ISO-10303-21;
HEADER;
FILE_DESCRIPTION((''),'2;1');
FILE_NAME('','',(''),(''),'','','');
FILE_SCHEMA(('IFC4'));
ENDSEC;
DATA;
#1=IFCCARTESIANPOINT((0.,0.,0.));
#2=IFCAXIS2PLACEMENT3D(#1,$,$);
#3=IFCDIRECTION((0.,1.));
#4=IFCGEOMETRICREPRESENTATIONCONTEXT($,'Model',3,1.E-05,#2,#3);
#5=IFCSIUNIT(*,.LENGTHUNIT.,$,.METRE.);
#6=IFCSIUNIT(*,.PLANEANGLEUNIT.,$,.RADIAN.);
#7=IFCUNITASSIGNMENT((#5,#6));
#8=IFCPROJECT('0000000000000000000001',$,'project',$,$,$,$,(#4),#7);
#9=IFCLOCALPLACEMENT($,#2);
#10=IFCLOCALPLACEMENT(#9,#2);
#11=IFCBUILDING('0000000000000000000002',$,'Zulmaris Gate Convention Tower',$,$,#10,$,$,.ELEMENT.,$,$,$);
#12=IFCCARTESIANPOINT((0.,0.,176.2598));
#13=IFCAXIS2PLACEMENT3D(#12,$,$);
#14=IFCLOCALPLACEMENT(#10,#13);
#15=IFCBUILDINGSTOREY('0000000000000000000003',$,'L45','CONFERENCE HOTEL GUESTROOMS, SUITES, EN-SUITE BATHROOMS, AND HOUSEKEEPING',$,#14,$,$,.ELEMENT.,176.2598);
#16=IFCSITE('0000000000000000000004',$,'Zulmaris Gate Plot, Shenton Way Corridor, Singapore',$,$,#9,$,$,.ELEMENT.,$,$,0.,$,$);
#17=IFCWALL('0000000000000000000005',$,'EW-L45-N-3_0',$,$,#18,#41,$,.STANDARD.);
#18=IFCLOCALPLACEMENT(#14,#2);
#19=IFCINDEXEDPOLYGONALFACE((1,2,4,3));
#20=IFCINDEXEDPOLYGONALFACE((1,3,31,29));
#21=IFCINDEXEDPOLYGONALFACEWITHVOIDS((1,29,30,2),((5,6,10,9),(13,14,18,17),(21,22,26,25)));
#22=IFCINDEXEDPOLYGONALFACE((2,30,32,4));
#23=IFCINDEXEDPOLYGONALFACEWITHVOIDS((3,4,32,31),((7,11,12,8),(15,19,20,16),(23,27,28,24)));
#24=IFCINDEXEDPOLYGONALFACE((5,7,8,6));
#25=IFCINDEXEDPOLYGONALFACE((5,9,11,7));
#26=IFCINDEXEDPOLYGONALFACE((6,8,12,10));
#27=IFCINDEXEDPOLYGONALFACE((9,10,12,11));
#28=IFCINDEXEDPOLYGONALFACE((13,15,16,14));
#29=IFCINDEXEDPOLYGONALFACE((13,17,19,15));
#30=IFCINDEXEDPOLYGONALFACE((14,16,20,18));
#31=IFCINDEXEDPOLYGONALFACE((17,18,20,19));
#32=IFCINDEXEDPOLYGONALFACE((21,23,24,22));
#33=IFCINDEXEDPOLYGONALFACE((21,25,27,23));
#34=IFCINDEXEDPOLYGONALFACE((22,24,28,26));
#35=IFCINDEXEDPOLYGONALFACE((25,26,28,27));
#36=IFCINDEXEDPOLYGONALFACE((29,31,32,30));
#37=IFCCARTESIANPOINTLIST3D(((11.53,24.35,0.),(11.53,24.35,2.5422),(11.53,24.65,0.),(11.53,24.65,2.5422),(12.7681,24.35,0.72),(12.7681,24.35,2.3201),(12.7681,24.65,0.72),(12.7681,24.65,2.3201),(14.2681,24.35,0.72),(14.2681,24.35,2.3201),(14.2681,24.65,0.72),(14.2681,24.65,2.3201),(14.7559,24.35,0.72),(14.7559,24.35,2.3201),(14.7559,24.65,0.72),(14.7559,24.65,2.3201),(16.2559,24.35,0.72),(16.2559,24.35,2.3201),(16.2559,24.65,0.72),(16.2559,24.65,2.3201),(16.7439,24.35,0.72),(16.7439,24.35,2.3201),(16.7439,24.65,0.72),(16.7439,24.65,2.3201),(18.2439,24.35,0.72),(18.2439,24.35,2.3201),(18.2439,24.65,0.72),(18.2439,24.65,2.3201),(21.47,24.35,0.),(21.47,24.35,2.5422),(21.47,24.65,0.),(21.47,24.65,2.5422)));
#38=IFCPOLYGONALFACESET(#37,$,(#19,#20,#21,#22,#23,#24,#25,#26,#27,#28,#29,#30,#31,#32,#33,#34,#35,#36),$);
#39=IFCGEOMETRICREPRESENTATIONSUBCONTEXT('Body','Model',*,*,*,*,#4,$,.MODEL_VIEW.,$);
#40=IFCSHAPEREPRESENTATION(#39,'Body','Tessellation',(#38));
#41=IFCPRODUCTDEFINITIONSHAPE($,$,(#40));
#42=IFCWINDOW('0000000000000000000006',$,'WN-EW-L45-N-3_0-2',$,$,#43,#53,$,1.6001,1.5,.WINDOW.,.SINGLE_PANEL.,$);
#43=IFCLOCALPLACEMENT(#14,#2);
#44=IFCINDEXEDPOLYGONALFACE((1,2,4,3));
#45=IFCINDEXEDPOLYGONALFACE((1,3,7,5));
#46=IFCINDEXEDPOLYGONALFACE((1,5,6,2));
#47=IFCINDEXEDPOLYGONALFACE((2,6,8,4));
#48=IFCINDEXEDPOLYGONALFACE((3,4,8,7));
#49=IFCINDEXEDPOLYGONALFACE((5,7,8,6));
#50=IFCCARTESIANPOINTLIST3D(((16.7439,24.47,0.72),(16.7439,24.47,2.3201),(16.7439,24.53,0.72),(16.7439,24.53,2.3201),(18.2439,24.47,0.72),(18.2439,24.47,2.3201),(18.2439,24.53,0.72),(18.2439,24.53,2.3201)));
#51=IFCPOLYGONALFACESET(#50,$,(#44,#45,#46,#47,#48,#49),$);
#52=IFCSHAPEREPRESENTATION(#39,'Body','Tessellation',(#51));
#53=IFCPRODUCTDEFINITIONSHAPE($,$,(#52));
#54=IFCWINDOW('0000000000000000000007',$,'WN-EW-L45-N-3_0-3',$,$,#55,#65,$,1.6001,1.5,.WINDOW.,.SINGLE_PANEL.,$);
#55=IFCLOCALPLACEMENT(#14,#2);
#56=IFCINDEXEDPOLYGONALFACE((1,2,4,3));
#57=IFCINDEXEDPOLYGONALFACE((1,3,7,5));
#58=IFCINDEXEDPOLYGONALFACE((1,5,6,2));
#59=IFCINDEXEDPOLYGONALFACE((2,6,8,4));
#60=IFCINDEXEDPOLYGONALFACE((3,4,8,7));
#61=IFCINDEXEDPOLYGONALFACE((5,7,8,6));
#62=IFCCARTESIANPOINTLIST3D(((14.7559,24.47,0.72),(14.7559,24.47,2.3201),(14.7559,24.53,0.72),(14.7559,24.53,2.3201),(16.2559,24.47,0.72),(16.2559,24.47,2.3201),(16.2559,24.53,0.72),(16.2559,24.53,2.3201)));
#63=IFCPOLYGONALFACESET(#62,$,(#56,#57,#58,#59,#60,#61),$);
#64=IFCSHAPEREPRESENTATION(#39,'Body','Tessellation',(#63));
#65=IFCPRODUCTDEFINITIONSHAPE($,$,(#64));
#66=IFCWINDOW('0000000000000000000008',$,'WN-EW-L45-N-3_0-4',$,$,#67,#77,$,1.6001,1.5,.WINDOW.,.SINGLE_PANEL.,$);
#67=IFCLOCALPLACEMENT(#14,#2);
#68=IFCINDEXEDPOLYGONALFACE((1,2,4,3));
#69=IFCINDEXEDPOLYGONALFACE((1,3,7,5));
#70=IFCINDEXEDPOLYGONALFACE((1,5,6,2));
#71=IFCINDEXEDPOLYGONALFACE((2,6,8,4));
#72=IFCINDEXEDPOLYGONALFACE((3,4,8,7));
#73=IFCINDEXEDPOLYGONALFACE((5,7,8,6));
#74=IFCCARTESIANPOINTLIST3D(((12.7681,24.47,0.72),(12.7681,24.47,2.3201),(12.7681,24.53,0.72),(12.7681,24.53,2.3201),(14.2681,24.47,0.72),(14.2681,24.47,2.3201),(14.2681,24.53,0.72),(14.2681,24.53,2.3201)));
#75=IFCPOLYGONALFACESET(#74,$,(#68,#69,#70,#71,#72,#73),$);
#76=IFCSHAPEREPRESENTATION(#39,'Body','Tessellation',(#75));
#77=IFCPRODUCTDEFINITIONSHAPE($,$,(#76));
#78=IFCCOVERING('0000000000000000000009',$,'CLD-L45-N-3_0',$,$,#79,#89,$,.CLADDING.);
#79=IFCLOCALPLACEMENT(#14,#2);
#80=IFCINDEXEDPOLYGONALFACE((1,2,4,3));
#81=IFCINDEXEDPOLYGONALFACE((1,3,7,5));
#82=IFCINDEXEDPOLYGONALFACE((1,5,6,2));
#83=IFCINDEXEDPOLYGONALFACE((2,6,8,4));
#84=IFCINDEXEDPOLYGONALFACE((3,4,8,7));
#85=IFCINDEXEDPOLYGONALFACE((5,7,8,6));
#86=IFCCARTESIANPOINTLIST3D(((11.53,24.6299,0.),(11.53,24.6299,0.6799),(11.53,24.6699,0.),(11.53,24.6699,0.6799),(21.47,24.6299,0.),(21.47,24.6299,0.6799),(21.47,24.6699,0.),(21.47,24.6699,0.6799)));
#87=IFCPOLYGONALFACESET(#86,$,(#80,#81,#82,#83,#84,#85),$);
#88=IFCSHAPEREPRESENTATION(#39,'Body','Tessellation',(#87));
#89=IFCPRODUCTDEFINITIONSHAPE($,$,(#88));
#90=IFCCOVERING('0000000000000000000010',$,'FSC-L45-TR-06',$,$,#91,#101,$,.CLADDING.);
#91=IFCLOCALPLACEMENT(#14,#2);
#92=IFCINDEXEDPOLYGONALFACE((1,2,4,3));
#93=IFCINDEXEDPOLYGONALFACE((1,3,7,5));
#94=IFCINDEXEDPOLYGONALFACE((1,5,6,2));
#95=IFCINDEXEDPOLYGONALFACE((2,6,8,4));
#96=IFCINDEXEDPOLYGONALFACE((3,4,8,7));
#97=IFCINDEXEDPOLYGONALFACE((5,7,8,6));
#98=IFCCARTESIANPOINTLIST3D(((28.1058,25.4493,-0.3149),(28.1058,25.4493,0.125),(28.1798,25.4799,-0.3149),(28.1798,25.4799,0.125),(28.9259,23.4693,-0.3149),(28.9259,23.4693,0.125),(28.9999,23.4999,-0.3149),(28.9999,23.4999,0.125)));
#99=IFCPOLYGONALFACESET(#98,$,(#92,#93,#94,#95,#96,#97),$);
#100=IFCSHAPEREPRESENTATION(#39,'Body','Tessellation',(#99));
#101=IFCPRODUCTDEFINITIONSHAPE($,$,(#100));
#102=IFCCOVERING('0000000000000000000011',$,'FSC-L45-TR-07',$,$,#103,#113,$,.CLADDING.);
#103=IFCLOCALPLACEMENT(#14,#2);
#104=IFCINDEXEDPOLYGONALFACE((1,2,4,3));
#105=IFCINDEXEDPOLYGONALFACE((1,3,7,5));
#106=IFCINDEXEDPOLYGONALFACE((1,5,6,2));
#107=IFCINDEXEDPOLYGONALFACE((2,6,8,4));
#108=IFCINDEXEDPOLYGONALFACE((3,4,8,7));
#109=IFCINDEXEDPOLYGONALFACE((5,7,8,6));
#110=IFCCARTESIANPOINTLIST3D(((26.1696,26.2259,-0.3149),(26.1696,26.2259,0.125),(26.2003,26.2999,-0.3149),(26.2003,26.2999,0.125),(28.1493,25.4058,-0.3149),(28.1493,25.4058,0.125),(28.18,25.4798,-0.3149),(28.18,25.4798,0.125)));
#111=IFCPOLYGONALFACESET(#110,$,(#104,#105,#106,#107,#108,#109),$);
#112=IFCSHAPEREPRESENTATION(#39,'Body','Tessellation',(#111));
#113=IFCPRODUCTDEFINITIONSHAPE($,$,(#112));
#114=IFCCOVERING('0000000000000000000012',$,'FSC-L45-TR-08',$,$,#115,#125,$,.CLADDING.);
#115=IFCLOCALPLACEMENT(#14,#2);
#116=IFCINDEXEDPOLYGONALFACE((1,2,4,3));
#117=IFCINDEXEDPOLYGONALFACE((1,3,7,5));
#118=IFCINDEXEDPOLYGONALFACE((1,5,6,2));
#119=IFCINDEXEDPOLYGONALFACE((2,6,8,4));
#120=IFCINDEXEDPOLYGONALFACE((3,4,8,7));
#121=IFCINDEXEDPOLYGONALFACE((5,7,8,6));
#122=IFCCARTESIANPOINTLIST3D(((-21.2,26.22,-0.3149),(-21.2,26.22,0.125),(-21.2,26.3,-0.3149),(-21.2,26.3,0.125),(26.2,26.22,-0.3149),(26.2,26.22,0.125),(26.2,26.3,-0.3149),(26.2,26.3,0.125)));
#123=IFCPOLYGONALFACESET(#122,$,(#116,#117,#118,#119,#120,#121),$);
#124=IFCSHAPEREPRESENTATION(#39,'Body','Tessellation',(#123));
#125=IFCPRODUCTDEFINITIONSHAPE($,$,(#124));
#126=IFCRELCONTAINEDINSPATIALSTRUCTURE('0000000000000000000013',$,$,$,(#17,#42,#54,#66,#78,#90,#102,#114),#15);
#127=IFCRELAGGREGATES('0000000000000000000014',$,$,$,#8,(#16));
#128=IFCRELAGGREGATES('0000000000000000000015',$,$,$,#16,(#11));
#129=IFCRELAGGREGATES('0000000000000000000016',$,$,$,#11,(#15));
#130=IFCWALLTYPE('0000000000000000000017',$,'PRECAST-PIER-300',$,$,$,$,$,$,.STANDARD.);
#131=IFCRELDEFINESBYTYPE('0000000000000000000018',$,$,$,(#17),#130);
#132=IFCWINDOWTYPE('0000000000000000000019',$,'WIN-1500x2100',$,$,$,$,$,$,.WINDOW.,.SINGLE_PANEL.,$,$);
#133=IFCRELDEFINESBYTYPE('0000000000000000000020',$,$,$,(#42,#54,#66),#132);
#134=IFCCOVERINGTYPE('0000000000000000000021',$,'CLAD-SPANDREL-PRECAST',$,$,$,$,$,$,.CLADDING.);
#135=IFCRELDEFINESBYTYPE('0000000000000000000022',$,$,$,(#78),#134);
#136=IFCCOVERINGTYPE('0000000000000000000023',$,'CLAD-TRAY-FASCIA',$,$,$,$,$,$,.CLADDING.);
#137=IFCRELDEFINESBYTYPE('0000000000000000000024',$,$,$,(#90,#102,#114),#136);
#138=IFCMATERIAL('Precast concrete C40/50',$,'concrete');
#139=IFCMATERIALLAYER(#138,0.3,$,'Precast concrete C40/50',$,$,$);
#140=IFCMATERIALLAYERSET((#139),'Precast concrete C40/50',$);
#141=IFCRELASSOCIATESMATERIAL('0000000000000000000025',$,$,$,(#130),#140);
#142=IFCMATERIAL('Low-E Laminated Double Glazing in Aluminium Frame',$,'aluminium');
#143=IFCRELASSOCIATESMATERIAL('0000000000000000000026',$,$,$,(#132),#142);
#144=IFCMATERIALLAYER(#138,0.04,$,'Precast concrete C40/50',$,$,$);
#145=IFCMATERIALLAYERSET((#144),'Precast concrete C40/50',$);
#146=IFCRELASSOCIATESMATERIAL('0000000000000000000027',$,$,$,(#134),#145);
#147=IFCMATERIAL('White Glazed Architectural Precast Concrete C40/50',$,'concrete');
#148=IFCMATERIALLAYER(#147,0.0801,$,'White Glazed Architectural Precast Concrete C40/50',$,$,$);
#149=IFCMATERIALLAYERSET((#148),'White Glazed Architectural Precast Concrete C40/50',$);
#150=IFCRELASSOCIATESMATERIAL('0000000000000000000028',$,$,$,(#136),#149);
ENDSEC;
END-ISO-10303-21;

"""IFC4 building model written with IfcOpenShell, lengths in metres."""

from ifc_helpers import new_model, si_unit, direction, frame, frame_2d, origin, place, context, subcontext, project, spatial, rectangle, extrude, material, layer, layer_set, type_object, element, fill, save


model = new_model("IFC4")

# Units and contexts
model_context = context("Model", 3, precision=1e-05, world=origin(), true_north=direction((0.0, 1.0)))
body_context = subcontext(model_context, "Body", "Model", "MODEL_VIEW")
ifc_project = project(units=[si_unit("LENGTHUNIT", "METRE"), si_unit("PLANEANGLEUNIT", "RADIAN")], contexts=[model_context])

# Site, building, storey
site_placement = place(None, origin())
site = spatial("IfcSite", under=ifc_project, at=site_placement, Name="Zulmaris Gate Plot, Shenton Way Corridor, Singapore", CompositionType="ELEMENT", RefElevation=0.0)
building_placement = place(site_placement, origin())
building = spatial("IfcBuilding", under=site, at=building_placement, Name="Zulmaris Gate Convention Tower", CompositionType="ELEMENT")
storey_placement = place(building_placement, frame((0.0, 0.0, 176.2598)))
storey = spatial("IfcBuildingStorey", under=building, at=storey_placement, Name="L45", Description="CONFERENCE HOTEL GUESTROOMS, SUITES, EN-SUITE BATHROOMS, AND HOUSEKEEPING", CompositionType="ELEMENT", Elevation=176.2598)

# Shared definitions
ifc_material_1 = material(Name="Precast concrete C40/50", Category="concrete")
ifc_layer_1 = layer(ifc_material_1, 0.3, Name="Precast concrete C40/50")
ifc_layer_set_1 = layer_set([ifc_layer_1], Name="Precast concrete C40/50")
wall_type_1 = type_object("IfcWallType", Name="PRECAST-PIER-300", PredefinedType="STANDARD", material=ifc_layer_set_1)
ifc_material_2 = material(Name="Low-E Laminated Double Glazing in Aluminium Frame", Category="aluminium")

# Wall, openings, windows
wall_1_placement = place(storey_placement, frame((21.47, 24.5, 0.0), z_axis=(0.0, 0.0, 1.0), x_axis=(-1.0, 0.0, 0.0)))
wall_1 = element("IfcWall", 1, at=wall_1_placement, inside=storey, type_object=wall_type_1, Name="EW-L45-N-3_0", PredefinedType="STANDARD", context=body_context, shape_type="SweptSolid", body=[
    extrude(rectangle(XDim=9.9399, YDim=0.3, at=frame_2d((4.97, 0.0))), origin(), (0.0, 0.0, 1.0), 2.5422),
])
opening_1_placement = place(wall_1_placement, frame((3.2261, 0.0, 0.72)))
opening_1 = element("IfcOpeningElement", 2, at=opening_1_placement, cuts=wall_1, PredefinedType="OPENING", context=body_context, shape_type="SweptSolid", body=[
    extrude(rectangle(XDim=1.5, YDim=1.6001, at=frame_2d((0.75, 0.8))), frame((0.0, 0.1602, 0.0), z_axis=(0.0, -1.0, 0.0), x_axis=(1.0, 0.0, 0.0)), (0.0, 0.0, 1.0), 0.3201),
])
opening_2_placement = place(wall_1_placement, frame((5.2141, 0.0, 0.72)))
opening_2 = element("IfcOpeningElement", 3, at=opening_2_placement, cuts=wall_1, PredefinedType="OPENING", context=body_context, shape_type="SweptSolid", body=[
    extrude(rectangle(XDim=1.5, YDim=1.6001, at=frame_2d((0.75, 0.8))), frame((0.0, 0.1602, 0.0), z_axis=(0.0, -1.0, 0.0), x_axis=(1.0, 0.0, 0.0)), (0.0, 0.0, 1.0), 0.3201),
])
opening_3_placement = place(wall_1_placement, frame((7.2019, 0.0, 0.72)))
opening_3 = element("IfcOpeningElement", 4, at=opening_3_placement, cuts=wall_1, PredefinedType="OPENING", context=body_context, shape_type="SweptSolid", body=[
    extrude(rectangle(XDim=1.5, YDim=1.6001, at=frame_2d((0.75, 0.8))), frame((0.0, 0.1602, 0.0), z_axis=(0.0, -1.0, 0.0), x_axis=(1.0, 0.0, 0.0)), (0.0, 0.0, 1.0), 0.3201),
])
window_type_1 = type_object("IfcWindowType", Name="WIN-1500x2100", PartitioningType="SINGLE_PANEL", PredefinedType="WINDOW", material=ifc_material_2)
window_1_placement = place(opening_1_placement, origin())
window_1 = element("IfcWindow", 5, at=window_1_placement, inside=storey, type_object=window_type_1, Name="WN-EW-L45-N-3_0-2", OverallHeight=1.6001, OverallWidth=1.5, PartitioningType="SINGLE_PANEL", PredefinedType="WINDOW", context=body_context, shape_type="SweptSolid", body=[
    extrude(rectangle(XDim=1.5, YDim=1.6001, at=frame_2d((0.75, 0.8))), frame((0.0, 0.03, 0.0), z_axis=(0.0, -1.0, 0.0), x_axis=(1.0, 0.0, 0.0)), (0.0, 0.0, 1.0), 0.0601),
])
fill(opening_1, window_1)
window_2_placement = place(opening_2_placement, origin())
window_2 = element("IfcWindow", 6, at=window_2_placement, inside=storey, type_object=window_type_1, Name="WN-EW-L45-N-3_0-3", OverallHeight=1.6001, OverallWidth=1.5, PartitioningType="SINGLE_PANEL", PredefinedType="WINDOW", context=body_context, shape_type="SweptSolid", body=[
    extrude(rectangle(XDim=1.5, YDim=1.6001, at=frame_2d((0.75, 0.8))), frame((0.0, 0.03, 0.0), z_axis=(0.0, -1.0, 0.0), x_axis=(1.0, 0.0, 0.0)), (0.0, 0.0, 1.0), 0.0601),
])
fill(opening_2, window_2)
window_3_placement = place(opening_3_placement, origin())
window_3 = element("IfcWindow", 7, at=window_3_placement, inside=storey, type_object=window_type_1, Name="WN-EW-L45-N-3_0-4", OverallHeight=1.6001, OverallWidth=1.5, PartitioningType="SINGLE_PANEL", PredefinedType="WINDOW", context=body_context, shape_type="SweptSolid", body=[
    extrude(rectangle(XDim=1.5, YDim=1.6001, at=frame_2d((0.75, 0.8))), frame((0.0, 0.03, 0.0), z_axis=(0.0, -1.0, 0.0), x_axis=(1.0, 0.0, 0.0)), (0.0, 0.0, 1.0), 0.0601),
])
fill(opening_3, window_3)

# Coverings
ifc_layer_2 = layer(ifc_material_1, 0.04, Name="Precast concrete C40/50")
ifc_layer_set_2 = layer_set([ifc_layer_2], Name="Precast concrete C40/50")
covering_type_1 = type_object("IfcCoveringType", Name="CLAD-SPANDREL-PRECAST", PredefinedType="CLADDING", material=ifc_layer_set_2)
covering_1_placement = place(storey_placement, frame((21.47, 24.6499, 0.0), z_axis=(0.0, 0.0, 1.0), x_axis=(-1.0, 0.0, 0.0)))
element("IfcCovering", 8, at=covering_1_placement, inside=storey, type_object=covering_type_1, Name="CLD-L45-N-3_0", PredefinedType="CLADDING", context=body_context, shape_type="SweptSolid", body=[
    extrude(rectangle(XDim=9.9399, YDim=0.04, at=frame_2d((4.97, 0.0))), origin(), (0.0, 0.0, 1.0), 0.6799),
])
ifc_material_3 = material(Name="White Glazed Architectural Precast Concrete C40/50", Category="concrete")
ifc_layer_3 = layer(ifc_material_3, 0.0801, Name="White Glazed Architectural Precast Concrete C40/50")
ifc_layer_set_3 = layer_set([ifc_layer_3], Name="White Glazed Architectural Precast Concrete C40/50")
covering_type_2 = type_object("IfcCoveringType", Name="CLAD-TRAY-FASCIA", PredefinedType="CLADDING", material=ifc_layer_set_3)
covering_2_placement = place(storey_placement, frame((28.9629, 23.4846, -0.3149), z_axis=(0.0, 0.0, 1.0), x_axis=(-0.382657, 0.92389, 0.0)))
element("IfcCovering", 9, at=covering_2_placement, inside=storey, type_object=covering_type_2, Name="FSC-L45-TR-06", PredefinedType="CLADDING", context=body_context, shape_type="SweptSolid", body=[
    extrude(rectangle(XDim=2.1431, YDim=0.0801, at=frame_2d((1.0715, 0.0))), origin(), (0.0, 0.0, 1.0), 0.4399),
])
covering_3_placement = place(storey_placement, frame((28.1646, 25.4429, -0.3149), z_axis=(0.0, 0.0, 1.0), x_axis=(-0.923874, 0.382697, 0.0)))
element("IfcCovering", 10, at=covering_3_placement, inside=storey, type_object=covering_type_2, Name="FSC-L45-TR-07", PredefinedType="CLADDING", context=body_context, shape_type="SweptSolid", body=[
    extrude(rectangle(XDim=2.1428, YDim=0.0801, at=frame_2d((1.0713, 0.0))), origin(), (0.0, 0.0, 1.0), 0.4399),
])
covering_4_placement = place(storey_placement, frame((26.2, 26.26, -0.3149), z_axis=(0.0, 0.0, 1.0), x_axis=(-1.0, 0.0, 0.0)))
element("IfcCovering", 11, at=covering_4_placement, inside=storey, type_object=covering_type_2, Name="FSC-L45-TR-08", PredefinedType="CLADDING", context=body_context, shape_type="SweptSolid", body=[
    extrude(rectangle(XDim=47.3999, YDim=0.0801, at=frame_2d((23.7, 0.0))), origin(), (0.0, 0.0, 1.0), 0.4399),
])

save(model, "model.ifc")
